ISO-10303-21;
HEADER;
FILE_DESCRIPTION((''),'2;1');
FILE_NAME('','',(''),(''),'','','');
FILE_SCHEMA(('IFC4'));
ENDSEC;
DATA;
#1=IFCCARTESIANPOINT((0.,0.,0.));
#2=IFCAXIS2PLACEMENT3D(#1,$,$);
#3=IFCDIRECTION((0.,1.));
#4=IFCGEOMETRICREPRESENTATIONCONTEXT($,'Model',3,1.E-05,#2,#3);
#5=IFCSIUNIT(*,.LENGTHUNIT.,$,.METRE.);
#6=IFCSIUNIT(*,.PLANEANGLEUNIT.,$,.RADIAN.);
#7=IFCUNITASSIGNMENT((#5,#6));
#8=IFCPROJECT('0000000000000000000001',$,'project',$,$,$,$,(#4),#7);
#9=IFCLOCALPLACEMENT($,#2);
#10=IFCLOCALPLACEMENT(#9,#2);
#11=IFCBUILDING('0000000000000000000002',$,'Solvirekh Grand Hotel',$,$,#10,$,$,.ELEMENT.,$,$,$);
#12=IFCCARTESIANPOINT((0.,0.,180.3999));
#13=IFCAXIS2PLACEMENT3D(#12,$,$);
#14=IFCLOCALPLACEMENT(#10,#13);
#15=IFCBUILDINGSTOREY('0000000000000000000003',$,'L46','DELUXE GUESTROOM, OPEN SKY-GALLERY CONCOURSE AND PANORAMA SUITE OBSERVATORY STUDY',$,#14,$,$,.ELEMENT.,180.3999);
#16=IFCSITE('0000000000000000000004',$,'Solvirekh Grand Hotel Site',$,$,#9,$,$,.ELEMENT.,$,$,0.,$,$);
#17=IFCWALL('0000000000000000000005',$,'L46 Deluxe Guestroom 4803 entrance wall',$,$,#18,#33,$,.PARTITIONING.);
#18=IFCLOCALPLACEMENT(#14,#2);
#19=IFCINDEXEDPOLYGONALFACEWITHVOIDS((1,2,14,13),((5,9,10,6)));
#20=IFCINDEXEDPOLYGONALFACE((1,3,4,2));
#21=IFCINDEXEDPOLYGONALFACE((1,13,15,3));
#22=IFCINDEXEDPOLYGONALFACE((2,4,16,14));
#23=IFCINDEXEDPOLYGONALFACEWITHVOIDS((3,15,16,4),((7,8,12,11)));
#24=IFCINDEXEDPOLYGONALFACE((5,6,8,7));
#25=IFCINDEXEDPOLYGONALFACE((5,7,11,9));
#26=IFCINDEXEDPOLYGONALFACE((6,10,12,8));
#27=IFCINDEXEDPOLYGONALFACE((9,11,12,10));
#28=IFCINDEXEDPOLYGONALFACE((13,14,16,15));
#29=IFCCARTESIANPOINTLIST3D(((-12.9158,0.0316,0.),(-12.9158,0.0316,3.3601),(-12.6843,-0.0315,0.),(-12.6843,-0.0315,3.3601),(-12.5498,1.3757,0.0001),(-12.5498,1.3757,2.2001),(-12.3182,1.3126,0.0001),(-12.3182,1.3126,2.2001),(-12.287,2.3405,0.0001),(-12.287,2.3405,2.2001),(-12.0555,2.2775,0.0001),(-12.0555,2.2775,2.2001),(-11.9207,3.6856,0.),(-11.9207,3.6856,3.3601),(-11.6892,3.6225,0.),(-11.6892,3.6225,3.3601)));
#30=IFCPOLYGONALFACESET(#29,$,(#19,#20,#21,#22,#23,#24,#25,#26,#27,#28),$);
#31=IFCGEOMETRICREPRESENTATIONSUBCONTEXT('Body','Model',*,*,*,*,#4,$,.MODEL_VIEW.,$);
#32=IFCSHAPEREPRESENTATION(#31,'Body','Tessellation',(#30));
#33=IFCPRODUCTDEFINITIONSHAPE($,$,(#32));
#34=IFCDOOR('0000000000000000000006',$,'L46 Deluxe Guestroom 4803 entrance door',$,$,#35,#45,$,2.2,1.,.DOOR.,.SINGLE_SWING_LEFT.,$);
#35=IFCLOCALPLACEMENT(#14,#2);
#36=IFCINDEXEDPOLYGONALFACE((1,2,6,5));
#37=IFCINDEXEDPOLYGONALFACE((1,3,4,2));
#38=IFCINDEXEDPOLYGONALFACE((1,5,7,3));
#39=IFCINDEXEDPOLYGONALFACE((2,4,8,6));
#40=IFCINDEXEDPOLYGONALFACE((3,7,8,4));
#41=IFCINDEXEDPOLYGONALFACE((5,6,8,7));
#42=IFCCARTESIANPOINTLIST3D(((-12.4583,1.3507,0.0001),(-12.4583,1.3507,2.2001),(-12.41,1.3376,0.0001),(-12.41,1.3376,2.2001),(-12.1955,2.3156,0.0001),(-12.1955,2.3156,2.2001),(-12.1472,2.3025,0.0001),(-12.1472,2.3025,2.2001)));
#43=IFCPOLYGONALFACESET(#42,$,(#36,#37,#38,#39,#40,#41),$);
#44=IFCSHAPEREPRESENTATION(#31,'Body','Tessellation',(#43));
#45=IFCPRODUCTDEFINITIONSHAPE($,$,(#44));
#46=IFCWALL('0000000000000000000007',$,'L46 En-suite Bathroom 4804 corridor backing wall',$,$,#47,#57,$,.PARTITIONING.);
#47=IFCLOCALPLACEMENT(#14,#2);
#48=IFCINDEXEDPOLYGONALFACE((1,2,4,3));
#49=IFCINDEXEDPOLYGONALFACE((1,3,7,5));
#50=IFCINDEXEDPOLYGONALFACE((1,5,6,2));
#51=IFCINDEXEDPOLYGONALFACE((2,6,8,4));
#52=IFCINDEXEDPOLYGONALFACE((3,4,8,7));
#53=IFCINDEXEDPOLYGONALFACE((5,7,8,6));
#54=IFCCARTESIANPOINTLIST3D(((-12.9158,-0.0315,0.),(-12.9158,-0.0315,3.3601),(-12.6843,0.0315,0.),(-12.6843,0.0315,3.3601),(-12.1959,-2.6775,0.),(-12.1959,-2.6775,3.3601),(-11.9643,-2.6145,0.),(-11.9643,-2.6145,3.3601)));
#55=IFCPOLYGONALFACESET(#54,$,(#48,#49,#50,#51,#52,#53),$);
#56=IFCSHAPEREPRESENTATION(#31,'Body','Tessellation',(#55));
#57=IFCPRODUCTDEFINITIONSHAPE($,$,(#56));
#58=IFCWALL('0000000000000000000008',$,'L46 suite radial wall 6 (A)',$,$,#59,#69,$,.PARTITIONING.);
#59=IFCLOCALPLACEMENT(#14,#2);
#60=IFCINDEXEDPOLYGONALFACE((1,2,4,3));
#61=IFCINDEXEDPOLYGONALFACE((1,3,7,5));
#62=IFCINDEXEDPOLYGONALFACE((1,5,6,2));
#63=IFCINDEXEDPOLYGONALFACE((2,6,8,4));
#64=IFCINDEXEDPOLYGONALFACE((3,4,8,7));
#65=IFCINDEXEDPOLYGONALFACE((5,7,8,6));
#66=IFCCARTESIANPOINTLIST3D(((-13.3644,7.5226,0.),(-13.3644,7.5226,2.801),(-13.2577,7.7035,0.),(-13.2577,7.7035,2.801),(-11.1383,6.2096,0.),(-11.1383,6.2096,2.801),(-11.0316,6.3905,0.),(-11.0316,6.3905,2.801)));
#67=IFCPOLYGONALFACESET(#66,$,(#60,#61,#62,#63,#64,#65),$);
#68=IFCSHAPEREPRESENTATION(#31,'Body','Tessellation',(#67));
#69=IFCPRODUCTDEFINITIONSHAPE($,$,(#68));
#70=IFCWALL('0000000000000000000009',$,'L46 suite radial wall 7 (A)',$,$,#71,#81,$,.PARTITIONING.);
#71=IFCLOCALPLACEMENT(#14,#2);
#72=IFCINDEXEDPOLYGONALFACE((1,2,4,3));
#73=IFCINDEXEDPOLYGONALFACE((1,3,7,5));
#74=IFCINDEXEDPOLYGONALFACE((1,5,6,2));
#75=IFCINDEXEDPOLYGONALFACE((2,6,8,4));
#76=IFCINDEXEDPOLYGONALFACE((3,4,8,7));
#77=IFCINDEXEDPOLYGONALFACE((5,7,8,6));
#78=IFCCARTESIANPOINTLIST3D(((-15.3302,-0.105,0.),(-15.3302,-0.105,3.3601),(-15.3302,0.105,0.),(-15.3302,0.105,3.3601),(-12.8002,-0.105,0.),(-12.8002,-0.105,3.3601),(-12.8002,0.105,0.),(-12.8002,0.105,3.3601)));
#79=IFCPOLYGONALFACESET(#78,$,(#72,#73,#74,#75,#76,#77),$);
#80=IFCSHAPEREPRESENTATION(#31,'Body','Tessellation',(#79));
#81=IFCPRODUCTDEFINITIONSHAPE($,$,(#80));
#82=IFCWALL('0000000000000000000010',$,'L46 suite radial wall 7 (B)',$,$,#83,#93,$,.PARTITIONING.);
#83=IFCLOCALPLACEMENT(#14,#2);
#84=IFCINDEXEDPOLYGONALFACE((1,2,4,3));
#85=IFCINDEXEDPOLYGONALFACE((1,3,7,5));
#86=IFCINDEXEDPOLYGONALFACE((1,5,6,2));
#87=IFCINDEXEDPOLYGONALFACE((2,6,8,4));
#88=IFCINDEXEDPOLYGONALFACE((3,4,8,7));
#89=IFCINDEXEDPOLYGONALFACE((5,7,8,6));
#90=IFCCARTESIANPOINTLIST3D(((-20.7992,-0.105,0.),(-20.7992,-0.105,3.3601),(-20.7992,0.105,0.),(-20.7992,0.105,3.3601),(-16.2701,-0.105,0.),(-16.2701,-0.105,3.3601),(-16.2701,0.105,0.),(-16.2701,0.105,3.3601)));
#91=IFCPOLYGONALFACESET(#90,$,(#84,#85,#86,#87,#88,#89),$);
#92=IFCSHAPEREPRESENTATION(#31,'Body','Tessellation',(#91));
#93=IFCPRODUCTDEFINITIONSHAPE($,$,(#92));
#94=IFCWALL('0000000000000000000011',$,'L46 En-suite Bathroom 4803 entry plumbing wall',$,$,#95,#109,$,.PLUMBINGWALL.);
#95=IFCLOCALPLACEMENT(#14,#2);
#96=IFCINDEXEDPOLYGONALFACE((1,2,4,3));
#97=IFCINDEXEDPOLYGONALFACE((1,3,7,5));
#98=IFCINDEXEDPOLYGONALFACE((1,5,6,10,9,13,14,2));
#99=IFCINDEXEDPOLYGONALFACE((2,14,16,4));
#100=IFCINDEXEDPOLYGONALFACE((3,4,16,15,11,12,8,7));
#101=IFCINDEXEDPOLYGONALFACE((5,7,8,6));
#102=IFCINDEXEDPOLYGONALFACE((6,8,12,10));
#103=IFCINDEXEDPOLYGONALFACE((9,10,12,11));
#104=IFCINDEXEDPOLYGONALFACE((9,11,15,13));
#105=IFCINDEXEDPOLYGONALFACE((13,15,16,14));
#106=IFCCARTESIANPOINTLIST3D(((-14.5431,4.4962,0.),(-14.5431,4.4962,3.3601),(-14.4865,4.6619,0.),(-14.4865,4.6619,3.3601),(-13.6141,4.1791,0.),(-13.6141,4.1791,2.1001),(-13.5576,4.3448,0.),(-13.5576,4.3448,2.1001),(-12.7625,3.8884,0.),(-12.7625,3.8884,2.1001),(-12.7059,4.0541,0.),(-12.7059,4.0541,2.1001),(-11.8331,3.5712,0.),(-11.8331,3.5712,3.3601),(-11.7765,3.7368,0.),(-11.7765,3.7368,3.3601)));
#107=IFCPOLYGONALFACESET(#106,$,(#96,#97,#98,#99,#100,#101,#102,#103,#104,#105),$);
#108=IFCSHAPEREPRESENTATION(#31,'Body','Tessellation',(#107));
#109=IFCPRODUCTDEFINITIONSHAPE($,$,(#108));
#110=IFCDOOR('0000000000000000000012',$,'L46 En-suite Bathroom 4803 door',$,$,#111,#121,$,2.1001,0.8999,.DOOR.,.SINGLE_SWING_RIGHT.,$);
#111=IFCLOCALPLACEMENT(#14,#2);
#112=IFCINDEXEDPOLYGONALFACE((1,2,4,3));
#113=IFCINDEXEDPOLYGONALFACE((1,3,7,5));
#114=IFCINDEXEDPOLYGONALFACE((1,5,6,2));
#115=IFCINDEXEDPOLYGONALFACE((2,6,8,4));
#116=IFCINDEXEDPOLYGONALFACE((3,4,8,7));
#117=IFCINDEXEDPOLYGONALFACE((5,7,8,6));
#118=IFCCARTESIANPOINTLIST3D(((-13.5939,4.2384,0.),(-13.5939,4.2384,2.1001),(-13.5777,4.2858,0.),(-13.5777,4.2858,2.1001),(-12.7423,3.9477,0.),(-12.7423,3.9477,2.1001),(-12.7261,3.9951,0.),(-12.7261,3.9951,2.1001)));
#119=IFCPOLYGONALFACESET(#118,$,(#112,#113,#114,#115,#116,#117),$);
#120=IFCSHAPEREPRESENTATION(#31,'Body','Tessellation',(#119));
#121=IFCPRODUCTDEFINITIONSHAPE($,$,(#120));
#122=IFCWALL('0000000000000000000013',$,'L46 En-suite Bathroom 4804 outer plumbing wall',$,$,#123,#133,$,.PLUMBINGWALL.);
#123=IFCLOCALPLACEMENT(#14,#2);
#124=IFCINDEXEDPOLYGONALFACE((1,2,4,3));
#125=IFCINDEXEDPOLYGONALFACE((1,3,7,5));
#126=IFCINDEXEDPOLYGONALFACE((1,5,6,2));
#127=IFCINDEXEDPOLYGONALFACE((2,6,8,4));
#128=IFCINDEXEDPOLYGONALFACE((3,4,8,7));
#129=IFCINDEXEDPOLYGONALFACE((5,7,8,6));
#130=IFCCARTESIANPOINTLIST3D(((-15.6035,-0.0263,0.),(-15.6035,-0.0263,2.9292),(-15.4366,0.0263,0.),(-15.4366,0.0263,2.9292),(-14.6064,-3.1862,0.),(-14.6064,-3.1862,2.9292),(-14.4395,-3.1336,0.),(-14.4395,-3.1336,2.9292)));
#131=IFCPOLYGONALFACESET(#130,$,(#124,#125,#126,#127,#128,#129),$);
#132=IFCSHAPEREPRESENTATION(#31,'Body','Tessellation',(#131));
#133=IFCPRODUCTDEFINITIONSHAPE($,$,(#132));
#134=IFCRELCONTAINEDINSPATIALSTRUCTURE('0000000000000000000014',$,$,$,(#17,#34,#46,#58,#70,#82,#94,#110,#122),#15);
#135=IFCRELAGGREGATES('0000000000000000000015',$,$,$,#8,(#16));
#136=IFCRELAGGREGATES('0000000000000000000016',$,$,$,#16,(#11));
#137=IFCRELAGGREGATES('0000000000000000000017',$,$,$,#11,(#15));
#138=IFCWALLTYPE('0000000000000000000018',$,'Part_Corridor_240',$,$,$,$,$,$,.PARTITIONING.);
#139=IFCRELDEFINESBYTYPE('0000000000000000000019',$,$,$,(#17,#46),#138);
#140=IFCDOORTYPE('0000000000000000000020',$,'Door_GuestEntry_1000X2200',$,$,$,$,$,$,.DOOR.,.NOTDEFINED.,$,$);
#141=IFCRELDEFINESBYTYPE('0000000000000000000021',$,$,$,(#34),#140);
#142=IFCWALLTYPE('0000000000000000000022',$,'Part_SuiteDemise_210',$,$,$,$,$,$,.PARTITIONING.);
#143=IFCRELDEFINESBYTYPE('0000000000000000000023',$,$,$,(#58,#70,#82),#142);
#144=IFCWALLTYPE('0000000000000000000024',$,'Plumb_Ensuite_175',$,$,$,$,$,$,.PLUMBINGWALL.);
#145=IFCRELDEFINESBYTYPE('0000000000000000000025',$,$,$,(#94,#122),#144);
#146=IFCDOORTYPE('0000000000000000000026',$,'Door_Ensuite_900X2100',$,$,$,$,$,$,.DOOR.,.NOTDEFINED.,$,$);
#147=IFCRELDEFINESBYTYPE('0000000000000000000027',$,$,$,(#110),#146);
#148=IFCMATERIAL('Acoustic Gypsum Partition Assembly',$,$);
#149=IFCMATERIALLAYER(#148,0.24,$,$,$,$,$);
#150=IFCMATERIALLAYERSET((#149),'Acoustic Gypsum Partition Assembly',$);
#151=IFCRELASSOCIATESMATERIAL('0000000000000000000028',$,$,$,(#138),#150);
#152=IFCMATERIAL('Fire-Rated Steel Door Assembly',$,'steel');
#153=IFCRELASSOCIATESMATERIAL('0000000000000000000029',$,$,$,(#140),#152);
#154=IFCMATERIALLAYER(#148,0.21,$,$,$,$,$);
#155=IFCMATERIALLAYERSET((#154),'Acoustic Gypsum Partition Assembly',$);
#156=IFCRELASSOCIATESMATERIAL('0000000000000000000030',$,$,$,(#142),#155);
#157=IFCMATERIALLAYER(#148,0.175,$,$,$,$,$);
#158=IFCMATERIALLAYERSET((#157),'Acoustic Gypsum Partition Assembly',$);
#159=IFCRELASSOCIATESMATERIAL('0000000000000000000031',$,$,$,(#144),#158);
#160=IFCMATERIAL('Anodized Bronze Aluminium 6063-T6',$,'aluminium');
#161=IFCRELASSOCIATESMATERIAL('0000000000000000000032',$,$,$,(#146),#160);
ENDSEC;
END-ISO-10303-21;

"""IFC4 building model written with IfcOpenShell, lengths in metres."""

from ifc_helpers import new_model, si_unit, direction, frame, frame_2d, origin, place, context, subcontext, project, spatial, rectangle, extrude, material, layer, layer_set, type_object, element, fill, save


model = new_model("IFC4")

# Units and contexts
model_context = context("Model", 3, precision=1e-05, world=origin(), true_north=direction((0.0, 1.0)))
body_context = subcontext(model_context, "Body", "Model", "MODEL_VIEW")
ifc_project = project(units=[si_unit("LENGTHUNIT", "METRE"), si_unit("PLANEANGLEUNIT", "RADIAN")], contexts=[model_context])

# Site, building, storey
site_placement = place(None, origin())
site = spatial("IfcSite", under=ifc_project, at=site_placement, Name="Solvirekh Grand Hotel Site", CompositionType="ELEMENT", RefElevation=0.0)
building_placement = place(site_placement, origin())
building = spatial("IfcBuilding", under=site, at=building_placement, Name="Solvirekh Grand Hotel", CompositionType="ELEMENT")
storey_placement = place(building_placement, frame((0.0, 0.0, 180.3999)))
storey = spatial("IfcBuildingStorey", under=building, at=storey_placement, Name="L46", Description="DELUXE GUESTROOM, OPEN SKY-GALLERY CONCOURSE AND PANORAMA SUITE OBSERVATORY STUDY", CompositionType="ELEMENT", Elevation=180.3999)

# Shared definitions
ifc_material_1 = material(Name="Anodized Bronze Aluminium 6063-T6", Category="aluminium")

# Wall, opening, door
ifc_material_2 = material(Name="Acoustic Gypsum Partition Assembly")
ifc_layer_1 = layer(ifc_material_2, 0.24)
ifc_layer_set_1 = layer_set([ifc_layer_1], Name="Acoustic Gypsum Partition Assembly")
wall_type_1 = type_object("IfcWallType", Name="Part_Corridor_240", PredefinedType="PARTITIONING", material=ifc_layer_set_1)
ifc_material_3 = material(Name="Fire-Rated Steel Door Assembly", Category="steel")
door_type_1 = type_object("IfcDoorType", Name="Door_GuestEntry_1000X2200", OperationType="NOTDEFINED", PredefinedType="DOOR", material=ifc_material_3)
wall_1_placement = place(storey_placement, frame((-11.8049, 3.6541, 0.0), z_axis=(0.0, 0.0, 1.0), x_axis=(-0.262763, -0.96486, 0.0)))
wall_1 = element("IfcWall", 1, at=wall_1_placement, inside=storey, type_object=wall_type_1, Name="L46 Deluxe Guestroom 4803 entrance wall", PredefinedType="PARTITIONING", context=body_context, shape_type="SweptSolid", body=[
    extrude(rectangle(XDim=3.7871, YDim=0.24, at=frame_2d((1.8936, 0.0))), origin(), (0.0, 0.0, 1.0), 3.3601),
])
opening_1_placement = place(wall_1_placement, frame((1.394, 0.0, 0.0)))
opening_1 = element("IfcOpeningElement", 2, at=opening_1_placement, cuts=wall_1, PredefinedType="OPENING", context=body_context, shape_type="SweptSolid", body=[
    extrude(rectangle(XDim=1.0, YDim=2.2, at=frame_2d((0.5, 1.1001))), frame((0.0, 0.1299, 0.0), z_axis=(0.0, -1.0, 0.0), x_axis=(1.0, 0.0, 0.0)), (0.0, 0.0, 1.0), 0.26),
])
door_1_placement = place(opening_1_placement, origin())
door_1 = element("IfcDoor", 3, at=door_1_placement, inside=storey, type_object=door_type_1, Name="L46 Deluxe Guestroom 4803 entrance door", OperationType="SINGLE_SWING_LEFT", OverallHeight=2.2, OverallWidth=1.0, PredefinedType="DOOR", context=body_context, shape_type="SweptSolid", body=[
    extrude(rectangle(XDim=1.0, YDim=2.2, at=frame_2d((0.5, 1.1001))), frame((0.0, 0.0249, 0.0), z_axis=(0.0, -1.0, 0.0), x_axis=(1.0, 0.0, 0.0)), (0.0, 0.0, 1.0), 0.05),
])
fill(opening_1, door_1)

# Walls
wall_2_placement = place(storey_placement, frame((-12.8, 0.0, 0.0), z_axis=(0.0, 0.0, 1.0), x_axis=(0.262552, -0.964918, 0.0)))
element("IfcWall", 4, at=wall_2_placement, inside=storey, type_object=wall_type_1, Name="L46 En-suite Bathroom 4804 corridor backing wall", PredefinedType="PARTITIONING", context=body_context, shape_type="SweptSolid", body=[
    extrude(rectangle(XDim=2.7422, YDim=0.24, at=frame_2d((1.3711, 0.0))), origin(), (0.0, 0.0, 1.0), 3.3601),
])
ifc_layer_2 = layer(ifc_material_2, 0.21)
ifc_layer_set_2 = layer_set([ifc_layer_2], Name="Acoustic Gypsum Partition Assembly")
wall_type_2 = type_object("IfcWallType", Name="Part_SuiteDemise_210", PredefinedType="PARTITIONING", material=ifc_layer_set_2)
wall_3_placement = place(storey_placement, frame((-11.085, 6.3, 0.0), z_axis=(0.0, 0.0, 1.0), x_axis=(-0.861336, 0.508035, 0.0)))
element("IfcWall", 5, at=wall_3_placement, inside=storey, type_object=wall_type_2, Name="L46 suite radial wall 6 (A)", PredefinedType="PARTITIONING", context=body_context, shape_type="SweptSolid", body=[
    extrude(rectangle(XDim=2.5845, YDim=0.21, at=frame_2d((1.2922, 0.0))), origin(), (0.0, 0.0, 1.0), 2.801),
])
wall_4_placement = place(storey_placement, frame((-12.8, 0.0, 0.0), z_axis=(0.0, 0.0, 1.0), x_axis=(-1.0, 0.0, 0.0)))
element("IfcWall", 6, at=wall_4_placement, inside=storey, type_object=wall_type_2, Name="L46 suite radial wall 7 (A)", PredefinedType="PARTITIONING", context=body_context, shape_type="SweptSolid", body=[
    extrude(rectangle(XDim=2.53, YDim=0.21, at=frame_2d((1.2651, 0.0))), origin(), (0.0, 0.0, 1.0), 3.3601),
])
wall_5_placement = place(storey_placement, frame((-16.27, 0.0, 0.0), z_axis=(0.0, 0.0, 1.0), x_axis=(-1.0, 0.0, 0.0)))
element("IfcWall", 7, at=wall_5_placement, inside=storey, type_object=wall_type_2, Name="L46 suite radial wall 7 (B)", PredefinedType="PARTITIONING", context=body_context, shape_type="SweptSolid", body=[
    extrude(rectangle(XDim=4.5291, YDim=0.21, at=frame_2d((2.2646, 0.0))), origin(), (0.0, 0.0, 1.0), 3.3601),
])

# Wall, opening, door
ifc_layer_3 = layer(ifc_material_2, 0.175)
ifc_layer_set_3 = layer_set([ifc_layer_3], Name="Acoustic Gypsum Partition Assembly")
wall_type_3 = type_object("IfcWallType", Name="Plumb_Ensuite_175", PredefinedType="PLUMBINGWALL", material=ifc_layer_set_3)
wall_6_placement = place(storey_placement, frame((-11.8049, 3.6541, 0.0), z_axis=(0.0, 0.0, 1.0), x_axis=(-0.946382, 0.323049, 0.0)))
wall_6 = element("IfcWall", 8, at=wall_6_placement, inside=storey, type_object=wall_type_3, Name="L46 En-suite Bathroom 4803 entry plumbing wall", PredefinedType="PLUMBINGWALL", context=body_context, shape_type="SweptSolid", body=[
    extrude(rectangle(XDim=2.8635, YDim=0.175, at=frame_2d((1.4316, 0.0))), origin(), (0.0, 0.0, 1.0), 3.3601),
])
opening_2_placement = place(wall_6_placement, frame((0.9819, 0.0, 0.0)))
opening_2 = element("IfcOpeningElement", 9, at=opening_2_placement, cuts=wall_6, PredefinedType="OPENING", context=body_context, shape_type="SweptSolid", body=[
    extrude(rectangle(XDim=0.8999, YDim=2.1001, at=frame_2d((0.45, 1.05))), frame((0.0, 0.0977, 0.0), z_axis=(0.0, -1.0, 0.0), x_axis=(1.0, 0.0, 0.0)), (0.0, 0.0, 1.0), 0.1951),
])
door_type_2 = type_object("IfcDoorType", Name="Door_Ensuite_900X2100", OperationType="NOTDEFINED", PredefinedType="DOOR", material=ifc_material_1)
door_2_placement = place(opening_2_placement, origin())
door_2 = element("IfcDoor", 10, at=door_2_placement, inside=storey, type_object=door_type_2, Name="L46 En-suite Bathroom 4803 door", OperationType="SINGLE_SWING_RIGHT", OverallHeight=2.1001, OverallWidth=0.8999, PredefinedType="DOOR", context=body_context, shape_type="SweptSolid", body=[
    extrude(rectangle(XDim=0.8999, YDim=2.1001, at=frame_2d((0.45, 1.05))), frame((0.0, 0.0249, 0.0), z_axis=(0.0, -1.0, 0.0), x_axis=(1.0, 0.0, 0.0)), (0.0, 0.0, 1.0), 0.05),
])
fill(opening_2, door_2)

# Wall
wall_7_placement = place(storey_placement, frame((-15.52, 0.0, 0.0), z_axis=(0.0, 0.0, 1.0), x_axis=(0.300913, -0.953652, 0.0)))
element("IfcWall", 11, at=wall_7_placement, inside=storey, type_object=wall_type_3, Name="L46 En-suite Bathroom 4804 outer plumbing wall", PredefinedType="PLUMBINGWALL", context=body_context, shape_type="SweptSolid", body=[
    extrude(rectangle(XDim=3.3135, YDim=0.175, at=frame_2d((1.6567, 0.0))), origin(), (0.0, 0.0, 1.0), 2.9292),
])

save(model, "model.ifc")
